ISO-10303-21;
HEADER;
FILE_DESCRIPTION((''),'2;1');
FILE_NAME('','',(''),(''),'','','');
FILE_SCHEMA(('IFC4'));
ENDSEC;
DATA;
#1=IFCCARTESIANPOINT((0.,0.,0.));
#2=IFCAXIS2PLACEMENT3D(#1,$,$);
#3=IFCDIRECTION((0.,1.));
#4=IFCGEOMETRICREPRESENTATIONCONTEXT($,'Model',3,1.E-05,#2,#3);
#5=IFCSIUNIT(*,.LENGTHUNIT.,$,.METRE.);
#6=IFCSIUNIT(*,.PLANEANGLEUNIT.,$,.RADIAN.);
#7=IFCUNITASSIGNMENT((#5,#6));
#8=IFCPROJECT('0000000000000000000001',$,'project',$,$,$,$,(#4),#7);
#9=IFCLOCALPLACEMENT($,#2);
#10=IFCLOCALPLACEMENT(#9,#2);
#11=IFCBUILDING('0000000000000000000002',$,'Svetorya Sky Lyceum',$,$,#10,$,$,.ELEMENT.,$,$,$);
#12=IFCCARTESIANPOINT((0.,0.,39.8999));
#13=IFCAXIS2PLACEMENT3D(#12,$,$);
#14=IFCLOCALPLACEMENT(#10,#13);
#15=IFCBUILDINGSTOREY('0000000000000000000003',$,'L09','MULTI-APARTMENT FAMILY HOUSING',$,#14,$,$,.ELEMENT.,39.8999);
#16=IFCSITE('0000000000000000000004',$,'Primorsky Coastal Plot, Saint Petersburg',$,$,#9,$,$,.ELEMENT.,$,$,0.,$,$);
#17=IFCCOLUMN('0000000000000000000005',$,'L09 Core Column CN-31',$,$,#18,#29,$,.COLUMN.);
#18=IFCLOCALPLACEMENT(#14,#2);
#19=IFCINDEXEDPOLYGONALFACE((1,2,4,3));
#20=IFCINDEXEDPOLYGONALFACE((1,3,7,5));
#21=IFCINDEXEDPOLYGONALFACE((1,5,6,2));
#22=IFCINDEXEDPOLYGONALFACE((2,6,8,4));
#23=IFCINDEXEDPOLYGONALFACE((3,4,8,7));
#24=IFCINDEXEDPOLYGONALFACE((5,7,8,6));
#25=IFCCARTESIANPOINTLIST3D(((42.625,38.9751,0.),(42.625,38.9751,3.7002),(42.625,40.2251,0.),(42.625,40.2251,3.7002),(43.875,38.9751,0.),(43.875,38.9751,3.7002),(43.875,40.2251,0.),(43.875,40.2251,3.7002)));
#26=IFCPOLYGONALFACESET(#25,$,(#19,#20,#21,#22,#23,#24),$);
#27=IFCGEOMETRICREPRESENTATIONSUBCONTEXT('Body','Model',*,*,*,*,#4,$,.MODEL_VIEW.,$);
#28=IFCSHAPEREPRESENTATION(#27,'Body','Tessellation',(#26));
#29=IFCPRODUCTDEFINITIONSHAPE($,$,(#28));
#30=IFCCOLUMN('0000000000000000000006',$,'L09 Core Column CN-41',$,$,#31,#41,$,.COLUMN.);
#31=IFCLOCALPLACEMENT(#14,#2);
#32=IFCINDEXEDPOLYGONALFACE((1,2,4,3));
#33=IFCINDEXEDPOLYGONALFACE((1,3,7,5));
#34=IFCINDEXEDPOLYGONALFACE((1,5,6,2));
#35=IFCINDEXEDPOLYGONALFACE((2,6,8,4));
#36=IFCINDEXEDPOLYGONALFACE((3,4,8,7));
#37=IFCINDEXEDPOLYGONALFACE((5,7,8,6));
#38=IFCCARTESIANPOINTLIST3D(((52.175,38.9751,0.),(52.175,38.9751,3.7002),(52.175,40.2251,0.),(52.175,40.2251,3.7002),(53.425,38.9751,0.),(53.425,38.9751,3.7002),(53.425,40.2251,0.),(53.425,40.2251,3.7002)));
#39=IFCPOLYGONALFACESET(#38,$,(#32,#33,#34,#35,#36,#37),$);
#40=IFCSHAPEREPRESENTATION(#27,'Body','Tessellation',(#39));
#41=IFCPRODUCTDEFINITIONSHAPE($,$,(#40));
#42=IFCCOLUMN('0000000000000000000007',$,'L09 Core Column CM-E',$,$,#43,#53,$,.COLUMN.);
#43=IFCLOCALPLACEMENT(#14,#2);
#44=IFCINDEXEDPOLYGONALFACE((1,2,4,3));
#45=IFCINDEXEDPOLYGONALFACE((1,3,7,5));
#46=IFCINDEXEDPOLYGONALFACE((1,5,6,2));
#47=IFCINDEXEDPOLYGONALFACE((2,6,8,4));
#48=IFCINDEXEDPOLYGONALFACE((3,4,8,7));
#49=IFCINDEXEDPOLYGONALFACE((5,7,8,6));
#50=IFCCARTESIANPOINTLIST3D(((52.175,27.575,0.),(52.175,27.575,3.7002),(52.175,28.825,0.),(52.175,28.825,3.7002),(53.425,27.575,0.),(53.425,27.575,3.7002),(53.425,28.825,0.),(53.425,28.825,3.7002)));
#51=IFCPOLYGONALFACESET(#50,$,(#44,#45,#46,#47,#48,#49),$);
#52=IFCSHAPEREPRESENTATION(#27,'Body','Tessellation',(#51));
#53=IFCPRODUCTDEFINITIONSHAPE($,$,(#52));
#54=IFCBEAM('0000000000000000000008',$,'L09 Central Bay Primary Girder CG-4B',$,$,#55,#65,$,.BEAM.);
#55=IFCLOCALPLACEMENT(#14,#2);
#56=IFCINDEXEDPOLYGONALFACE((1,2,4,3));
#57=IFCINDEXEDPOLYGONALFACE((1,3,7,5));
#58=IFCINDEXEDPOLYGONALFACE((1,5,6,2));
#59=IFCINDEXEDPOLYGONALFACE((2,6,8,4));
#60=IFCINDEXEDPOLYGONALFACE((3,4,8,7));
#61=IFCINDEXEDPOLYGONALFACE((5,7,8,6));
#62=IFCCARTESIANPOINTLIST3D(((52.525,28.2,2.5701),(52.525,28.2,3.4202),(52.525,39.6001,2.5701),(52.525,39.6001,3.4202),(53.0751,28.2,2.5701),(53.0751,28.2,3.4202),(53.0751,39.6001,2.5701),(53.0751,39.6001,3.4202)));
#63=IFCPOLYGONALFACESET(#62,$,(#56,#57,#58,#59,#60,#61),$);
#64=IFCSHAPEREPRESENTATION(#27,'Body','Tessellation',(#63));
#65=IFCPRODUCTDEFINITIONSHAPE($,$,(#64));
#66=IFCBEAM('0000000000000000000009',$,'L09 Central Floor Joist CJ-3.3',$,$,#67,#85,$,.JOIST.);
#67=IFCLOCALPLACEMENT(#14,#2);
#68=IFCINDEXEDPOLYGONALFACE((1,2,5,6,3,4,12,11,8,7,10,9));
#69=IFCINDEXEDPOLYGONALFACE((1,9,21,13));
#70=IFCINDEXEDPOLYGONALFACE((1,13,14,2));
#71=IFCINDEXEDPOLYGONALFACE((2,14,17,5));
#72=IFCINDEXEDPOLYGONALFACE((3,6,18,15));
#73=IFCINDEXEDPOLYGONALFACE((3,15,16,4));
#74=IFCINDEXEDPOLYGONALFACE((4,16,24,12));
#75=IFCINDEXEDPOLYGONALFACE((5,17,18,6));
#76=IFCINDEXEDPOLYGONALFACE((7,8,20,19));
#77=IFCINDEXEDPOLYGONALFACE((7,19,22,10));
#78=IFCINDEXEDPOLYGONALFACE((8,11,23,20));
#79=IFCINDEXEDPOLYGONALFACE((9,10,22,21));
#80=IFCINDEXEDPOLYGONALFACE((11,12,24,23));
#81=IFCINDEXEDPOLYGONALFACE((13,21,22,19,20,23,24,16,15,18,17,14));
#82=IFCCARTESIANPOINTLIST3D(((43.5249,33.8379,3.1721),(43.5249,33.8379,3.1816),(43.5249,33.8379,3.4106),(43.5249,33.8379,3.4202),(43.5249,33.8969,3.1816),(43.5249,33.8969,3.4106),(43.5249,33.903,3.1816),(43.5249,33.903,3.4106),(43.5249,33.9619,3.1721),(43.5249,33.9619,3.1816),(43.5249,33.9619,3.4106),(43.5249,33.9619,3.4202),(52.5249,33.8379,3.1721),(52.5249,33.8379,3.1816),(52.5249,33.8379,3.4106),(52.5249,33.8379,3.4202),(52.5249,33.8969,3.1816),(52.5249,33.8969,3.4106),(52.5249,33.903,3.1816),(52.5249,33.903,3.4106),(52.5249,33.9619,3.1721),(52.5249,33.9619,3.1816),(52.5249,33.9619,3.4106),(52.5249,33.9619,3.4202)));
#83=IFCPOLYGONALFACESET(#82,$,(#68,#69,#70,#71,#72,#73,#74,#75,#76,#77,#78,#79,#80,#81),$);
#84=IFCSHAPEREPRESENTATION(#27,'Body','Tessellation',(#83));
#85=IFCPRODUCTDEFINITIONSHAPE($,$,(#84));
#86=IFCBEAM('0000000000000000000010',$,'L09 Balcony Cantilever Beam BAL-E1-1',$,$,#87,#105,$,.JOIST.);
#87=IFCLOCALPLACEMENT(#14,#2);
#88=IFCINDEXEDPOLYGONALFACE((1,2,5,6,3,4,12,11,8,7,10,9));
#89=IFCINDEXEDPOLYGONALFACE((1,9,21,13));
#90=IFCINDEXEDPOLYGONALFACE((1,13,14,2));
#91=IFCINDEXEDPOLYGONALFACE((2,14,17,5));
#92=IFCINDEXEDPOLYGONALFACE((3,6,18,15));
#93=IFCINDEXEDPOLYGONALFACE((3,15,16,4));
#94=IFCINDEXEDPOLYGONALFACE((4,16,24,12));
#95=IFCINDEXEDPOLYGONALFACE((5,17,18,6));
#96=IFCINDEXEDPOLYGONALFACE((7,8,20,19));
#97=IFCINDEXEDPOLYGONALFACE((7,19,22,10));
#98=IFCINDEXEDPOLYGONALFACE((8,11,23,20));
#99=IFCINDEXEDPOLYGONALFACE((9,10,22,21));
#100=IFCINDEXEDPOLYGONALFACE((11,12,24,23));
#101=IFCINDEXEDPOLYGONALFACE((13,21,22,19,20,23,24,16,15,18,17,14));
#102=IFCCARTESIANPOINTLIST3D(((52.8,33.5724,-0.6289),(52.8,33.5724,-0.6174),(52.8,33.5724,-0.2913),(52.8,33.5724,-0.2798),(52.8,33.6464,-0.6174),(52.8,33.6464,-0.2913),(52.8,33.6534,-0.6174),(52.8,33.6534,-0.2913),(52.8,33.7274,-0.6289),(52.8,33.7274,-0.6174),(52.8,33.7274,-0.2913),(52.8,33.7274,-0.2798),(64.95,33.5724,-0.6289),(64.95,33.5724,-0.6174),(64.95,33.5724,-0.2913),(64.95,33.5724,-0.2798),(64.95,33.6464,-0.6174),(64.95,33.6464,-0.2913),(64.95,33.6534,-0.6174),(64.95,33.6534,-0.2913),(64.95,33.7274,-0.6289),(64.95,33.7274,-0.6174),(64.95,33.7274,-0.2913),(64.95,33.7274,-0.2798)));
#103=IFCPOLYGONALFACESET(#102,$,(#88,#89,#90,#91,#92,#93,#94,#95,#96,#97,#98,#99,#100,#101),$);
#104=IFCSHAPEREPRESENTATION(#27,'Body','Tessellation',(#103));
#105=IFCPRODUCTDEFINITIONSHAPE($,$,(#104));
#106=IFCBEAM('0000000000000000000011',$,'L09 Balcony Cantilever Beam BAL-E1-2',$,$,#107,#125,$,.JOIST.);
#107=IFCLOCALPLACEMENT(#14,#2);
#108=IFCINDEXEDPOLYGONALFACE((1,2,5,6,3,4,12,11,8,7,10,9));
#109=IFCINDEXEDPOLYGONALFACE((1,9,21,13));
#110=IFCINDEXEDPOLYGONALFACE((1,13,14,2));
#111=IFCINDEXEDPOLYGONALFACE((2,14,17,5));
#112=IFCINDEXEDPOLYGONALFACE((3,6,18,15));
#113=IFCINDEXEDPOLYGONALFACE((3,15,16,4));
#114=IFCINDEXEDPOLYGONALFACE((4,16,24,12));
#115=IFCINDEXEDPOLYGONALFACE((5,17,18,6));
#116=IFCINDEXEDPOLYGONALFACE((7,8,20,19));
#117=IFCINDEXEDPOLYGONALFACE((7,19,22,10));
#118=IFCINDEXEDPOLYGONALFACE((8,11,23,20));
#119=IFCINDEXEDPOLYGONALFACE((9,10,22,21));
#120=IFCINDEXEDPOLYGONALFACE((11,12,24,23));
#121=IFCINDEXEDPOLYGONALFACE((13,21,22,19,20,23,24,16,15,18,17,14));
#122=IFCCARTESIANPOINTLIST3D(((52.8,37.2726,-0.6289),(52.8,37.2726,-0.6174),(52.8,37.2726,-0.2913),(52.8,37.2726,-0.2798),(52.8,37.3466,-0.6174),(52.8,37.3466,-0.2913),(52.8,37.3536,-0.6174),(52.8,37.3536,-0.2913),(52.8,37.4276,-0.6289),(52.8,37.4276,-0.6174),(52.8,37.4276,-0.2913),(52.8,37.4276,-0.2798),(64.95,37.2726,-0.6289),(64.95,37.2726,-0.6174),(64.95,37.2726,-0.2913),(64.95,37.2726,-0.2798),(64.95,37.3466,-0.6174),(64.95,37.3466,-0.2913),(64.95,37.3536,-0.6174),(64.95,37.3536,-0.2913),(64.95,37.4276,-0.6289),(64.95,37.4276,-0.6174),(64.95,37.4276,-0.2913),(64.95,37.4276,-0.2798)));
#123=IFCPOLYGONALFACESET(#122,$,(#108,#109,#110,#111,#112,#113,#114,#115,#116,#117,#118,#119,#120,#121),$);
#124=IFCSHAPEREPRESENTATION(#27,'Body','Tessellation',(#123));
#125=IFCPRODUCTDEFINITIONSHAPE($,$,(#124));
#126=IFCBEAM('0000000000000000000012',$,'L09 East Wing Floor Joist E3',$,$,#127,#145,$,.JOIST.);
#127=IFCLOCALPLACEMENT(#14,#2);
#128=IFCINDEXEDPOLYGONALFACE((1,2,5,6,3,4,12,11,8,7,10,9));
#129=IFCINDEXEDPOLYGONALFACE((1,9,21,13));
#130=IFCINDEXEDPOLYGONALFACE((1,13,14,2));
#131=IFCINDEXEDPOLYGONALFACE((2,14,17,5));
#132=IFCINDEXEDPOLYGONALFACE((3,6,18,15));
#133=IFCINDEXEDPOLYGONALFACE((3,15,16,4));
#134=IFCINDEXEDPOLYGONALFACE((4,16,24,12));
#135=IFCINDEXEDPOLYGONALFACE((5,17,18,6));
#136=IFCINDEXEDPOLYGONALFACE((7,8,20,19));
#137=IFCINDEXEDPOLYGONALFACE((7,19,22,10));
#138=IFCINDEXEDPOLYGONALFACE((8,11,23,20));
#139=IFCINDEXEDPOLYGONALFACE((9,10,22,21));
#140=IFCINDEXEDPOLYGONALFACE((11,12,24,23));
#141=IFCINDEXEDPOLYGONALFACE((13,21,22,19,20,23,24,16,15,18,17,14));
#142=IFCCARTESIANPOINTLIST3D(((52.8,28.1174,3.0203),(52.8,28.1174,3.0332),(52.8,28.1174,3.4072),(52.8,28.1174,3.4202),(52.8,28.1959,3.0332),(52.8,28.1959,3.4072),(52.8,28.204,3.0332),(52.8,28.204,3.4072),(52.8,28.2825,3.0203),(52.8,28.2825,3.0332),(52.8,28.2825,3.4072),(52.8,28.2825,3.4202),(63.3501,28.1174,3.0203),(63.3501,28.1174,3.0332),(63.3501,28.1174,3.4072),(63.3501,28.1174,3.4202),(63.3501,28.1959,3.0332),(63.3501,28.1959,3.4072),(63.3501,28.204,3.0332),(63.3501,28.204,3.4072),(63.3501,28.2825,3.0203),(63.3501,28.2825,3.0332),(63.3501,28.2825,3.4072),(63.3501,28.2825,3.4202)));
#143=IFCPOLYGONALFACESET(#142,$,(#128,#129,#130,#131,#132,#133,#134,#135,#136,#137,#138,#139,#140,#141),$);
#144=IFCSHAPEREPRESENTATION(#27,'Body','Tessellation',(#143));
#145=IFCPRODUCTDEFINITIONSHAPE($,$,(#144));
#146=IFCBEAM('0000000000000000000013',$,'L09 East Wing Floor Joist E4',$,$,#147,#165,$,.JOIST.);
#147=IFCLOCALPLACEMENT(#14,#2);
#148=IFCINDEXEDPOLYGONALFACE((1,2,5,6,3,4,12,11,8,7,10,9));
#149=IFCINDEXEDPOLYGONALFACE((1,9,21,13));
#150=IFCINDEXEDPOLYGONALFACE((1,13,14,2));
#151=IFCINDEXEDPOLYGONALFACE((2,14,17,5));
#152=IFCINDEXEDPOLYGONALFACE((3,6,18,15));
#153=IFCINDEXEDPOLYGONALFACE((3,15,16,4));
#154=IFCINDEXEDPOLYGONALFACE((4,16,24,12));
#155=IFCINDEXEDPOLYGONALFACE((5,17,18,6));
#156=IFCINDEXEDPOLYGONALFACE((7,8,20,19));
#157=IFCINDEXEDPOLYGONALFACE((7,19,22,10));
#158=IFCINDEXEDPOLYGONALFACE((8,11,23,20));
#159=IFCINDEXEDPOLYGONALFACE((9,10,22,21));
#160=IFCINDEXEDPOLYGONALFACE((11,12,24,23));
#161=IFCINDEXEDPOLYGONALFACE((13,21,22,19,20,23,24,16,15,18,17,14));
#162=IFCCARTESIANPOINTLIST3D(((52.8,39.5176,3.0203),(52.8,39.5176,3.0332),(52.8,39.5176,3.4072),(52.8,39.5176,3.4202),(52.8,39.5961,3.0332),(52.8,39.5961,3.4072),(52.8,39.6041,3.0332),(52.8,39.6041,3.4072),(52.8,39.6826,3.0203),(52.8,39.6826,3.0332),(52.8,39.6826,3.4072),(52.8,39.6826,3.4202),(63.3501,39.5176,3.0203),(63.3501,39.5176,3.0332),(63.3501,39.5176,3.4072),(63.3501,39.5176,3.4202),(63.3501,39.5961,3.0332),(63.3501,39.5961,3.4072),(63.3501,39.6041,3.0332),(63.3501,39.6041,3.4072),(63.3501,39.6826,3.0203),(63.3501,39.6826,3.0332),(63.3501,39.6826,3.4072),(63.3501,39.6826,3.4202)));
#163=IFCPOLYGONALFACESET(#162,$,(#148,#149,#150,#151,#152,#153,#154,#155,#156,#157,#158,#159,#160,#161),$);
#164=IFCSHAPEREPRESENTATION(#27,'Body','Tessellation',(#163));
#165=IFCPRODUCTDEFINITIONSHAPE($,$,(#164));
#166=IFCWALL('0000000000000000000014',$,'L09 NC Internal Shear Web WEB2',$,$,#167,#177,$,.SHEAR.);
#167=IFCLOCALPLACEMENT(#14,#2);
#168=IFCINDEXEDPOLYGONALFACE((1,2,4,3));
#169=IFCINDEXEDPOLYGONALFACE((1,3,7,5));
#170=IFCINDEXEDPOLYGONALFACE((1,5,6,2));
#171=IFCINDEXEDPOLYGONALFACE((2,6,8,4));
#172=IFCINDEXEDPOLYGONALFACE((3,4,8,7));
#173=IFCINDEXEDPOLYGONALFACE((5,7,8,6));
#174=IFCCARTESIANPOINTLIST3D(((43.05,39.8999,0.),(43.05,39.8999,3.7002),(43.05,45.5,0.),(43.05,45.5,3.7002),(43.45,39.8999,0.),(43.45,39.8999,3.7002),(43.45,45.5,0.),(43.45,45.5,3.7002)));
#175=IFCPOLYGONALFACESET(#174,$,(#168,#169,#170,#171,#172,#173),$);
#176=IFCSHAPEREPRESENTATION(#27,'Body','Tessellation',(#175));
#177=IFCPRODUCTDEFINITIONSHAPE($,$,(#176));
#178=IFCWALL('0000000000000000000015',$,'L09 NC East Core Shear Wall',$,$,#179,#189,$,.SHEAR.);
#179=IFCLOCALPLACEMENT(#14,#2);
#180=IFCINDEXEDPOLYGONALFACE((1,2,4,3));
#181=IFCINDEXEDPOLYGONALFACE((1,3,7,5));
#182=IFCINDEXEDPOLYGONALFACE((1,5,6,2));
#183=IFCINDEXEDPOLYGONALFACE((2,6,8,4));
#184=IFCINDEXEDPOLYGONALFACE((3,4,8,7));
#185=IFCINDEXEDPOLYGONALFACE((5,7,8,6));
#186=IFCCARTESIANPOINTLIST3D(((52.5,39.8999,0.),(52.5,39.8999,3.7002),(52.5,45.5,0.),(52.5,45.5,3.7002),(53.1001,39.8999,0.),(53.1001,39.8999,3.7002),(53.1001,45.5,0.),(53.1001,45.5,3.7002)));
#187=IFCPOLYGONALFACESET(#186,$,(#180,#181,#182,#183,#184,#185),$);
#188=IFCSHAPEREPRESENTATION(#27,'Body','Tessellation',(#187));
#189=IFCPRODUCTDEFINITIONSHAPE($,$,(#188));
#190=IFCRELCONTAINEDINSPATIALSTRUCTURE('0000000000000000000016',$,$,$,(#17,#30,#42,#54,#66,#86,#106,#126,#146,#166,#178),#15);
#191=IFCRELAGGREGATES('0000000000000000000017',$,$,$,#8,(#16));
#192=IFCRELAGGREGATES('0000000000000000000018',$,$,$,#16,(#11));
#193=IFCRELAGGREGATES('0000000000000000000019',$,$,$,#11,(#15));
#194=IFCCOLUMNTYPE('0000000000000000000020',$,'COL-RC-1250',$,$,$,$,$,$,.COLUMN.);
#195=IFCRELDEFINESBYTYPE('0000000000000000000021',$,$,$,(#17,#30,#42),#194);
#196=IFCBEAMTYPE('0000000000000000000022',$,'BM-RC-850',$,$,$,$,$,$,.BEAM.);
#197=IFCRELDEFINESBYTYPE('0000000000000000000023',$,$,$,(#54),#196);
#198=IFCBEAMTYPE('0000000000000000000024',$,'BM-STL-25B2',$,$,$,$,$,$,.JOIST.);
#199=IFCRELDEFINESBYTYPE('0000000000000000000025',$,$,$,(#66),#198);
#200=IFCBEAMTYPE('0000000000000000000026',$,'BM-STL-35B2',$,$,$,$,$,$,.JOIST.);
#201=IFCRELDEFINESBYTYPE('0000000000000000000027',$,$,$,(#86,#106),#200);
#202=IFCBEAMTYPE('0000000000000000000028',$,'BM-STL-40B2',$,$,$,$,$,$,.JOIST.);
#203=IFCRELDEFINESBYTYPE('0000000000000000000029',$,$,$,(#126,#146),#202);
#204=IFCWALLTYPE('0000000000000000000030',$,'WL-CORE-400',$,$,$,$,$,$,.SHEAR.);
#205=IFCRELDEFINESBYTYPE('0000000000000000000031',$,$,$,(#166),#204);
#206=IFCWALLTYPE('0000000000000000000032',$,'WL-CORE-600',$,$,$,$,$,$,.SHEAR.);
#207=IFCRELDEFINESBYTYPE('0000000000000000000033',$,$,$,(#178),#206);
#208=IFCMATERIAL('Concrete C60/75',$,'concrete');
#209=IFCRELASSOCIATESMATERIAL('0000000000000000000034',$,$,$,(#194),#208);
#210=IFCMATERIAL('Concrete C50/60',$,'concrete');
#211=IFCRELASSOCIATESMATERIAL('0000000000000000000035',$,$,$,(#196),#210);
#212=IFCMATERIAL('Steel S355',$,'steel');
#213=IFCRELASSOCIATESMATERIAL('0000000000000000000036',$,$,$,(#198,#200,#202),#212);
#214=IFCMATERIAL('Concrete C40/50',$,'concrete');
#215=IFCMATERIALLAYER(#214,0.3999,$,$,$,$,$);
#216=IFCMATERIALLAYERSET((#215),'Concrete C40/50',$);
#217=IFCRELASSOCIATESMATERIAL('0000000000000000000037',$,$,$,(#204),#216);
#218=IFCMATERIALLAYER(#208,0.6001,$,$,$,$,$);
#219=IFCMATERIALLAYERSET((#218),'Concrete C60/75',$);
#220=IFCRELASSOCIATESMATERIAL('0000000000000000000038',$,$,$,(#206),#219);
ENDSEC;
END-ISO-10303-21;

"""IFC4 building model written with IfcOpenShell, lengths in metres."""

from ifc_helpers import new_model, si_unit, direction, frame, frame_2d, origin, origin_2d, place, context, subcontext, project, spatial, rectangle, i_section, extrude, material, layer, layer_set, material_profile, profile_set, type_object, element, save


model = new_model("IFC4")

# Units and contexts
model_context = context("Model", 3, precision=1e-05, world=origin(), true_north=direction((0.0, 1.0)))
body_context = subcontext(model_context, "Body", "Model", "MODEL_VIEW")
ifc_project = project(units=[si_unit("LENGTHUNIT", "METRE"), si_unit("PLANEANGLEUNIT", "RADIAN")], contexts=[model_context])

# Site, building, storey
site_placement = place(None, origin())
site = spatial("IfcSite", under=ifc_project, at=site_placement, Name="Primorsky Coastal Plot, Saint Petersburg", CompositionType="ELEMENT", RefElevation=0.0)
building_placement = place(site_placement, origin())
building = spatial("IfcBuilding", under=site, at=building_placement, Name="Svetorya Sky Lyceum", CompositionType="ELEMENT")
storey_placement = place(building_placement, frame((0.0, 0.0, 39.8999)))
storey = spatial("IfcBuildingStorey", under=building, at=storey_placement, Name="L09", Description="MULTI-APARTMENT FAMILY HOUSING", CompositionType="ELEMENT", Elevation=39.8999)

# Columns
ifc_material_1 = material(Name="Concrete C60/75", Category="concrete")
ifc_material_profile_1 = material_profile(ifc_material_1, rectangle(XDim=1.25, YDim=1.25, at=origin_2d()), Name="RC COL 1250x1250")
ifc_profile_set_1 = profile_set([ifc_material_profile_1], Name="Concrete C60/75")
column_type = type_object("IfcColumnType", Name="COL-RC-1250", PredefinedType="COLUMN", material=ifc_profile_set_1)
for number, where, z_axis, x_axis, name in (
    (1, (43.25, 39.6001, 0.0), (0.0, 0.0, 1.0), (1.0, 0.0, 0.0), "L09 Core Column CN-31"),
    (2, (52.8, 39.6001, 0.0), (0.0, 0.0, 1.0), (1.0, 0.0, 0.0), "L09 Core Column CN-41"),
    (3, (52.8, 28.2, 0.0), (0.0, 0.0, 1.0), (1.0, 0.0, 0.0), "L09 Core Column CM-E"),
):
    element("IfcColumn", number, at=place(storey_placement, frame(where, z_axis=z_axis, x_axis=x_axis)), inside=storey, type_object=column_type, Name=name, PredefinedType="COLUMN", context=body_context, shape_type="SweptSolid", body=[
        extrude(rectangle(XDim=1.25, YDim=1.25, at=origin_2d()), origin(), (0.0, 0.0, 1.0), 3.7002),
    ])

# Beams
ifc_material_2 = material(Name="Concrete C50/60", Category="concrete")
ifc_material_profile_2 = material_profile(ifc_material_2, rectangle(XDim=0.55, YDim=0.8501, at=origin_2d()), Name="RC BEAM 550x850")
ifc_profile_set_2 = profile_set([ifc_material_profile_2], Name="Concrete C50/60")
beam_type_1 = type_object("IfcBeamType", Name="BM-RC-850", PredefinedType="BEAM", material=ifc_profile_set_2)
beam_1_placement = place(storey_placement, frame((52.8, 28.2, 2.9951), z_axis=(0.0, 1.0, 0.0), x_axis=(-1.0, 0.0, 0.0)))
element("IfcBeam", 4, at=beam_1_placement, inside=storey, type_object=beam_type_1, Name="L09 Central Bay Primary Girder CG-4B", PredefinedType="BEAM", context=body_context, shape_type="SweptSolid", body=[
    extrude(rectangle(XDim=0.55, YDim=0.8501, at=origin_2d()), origin(), (0.0, 0.0, 1.0), 11.4001),
])
ifc_material_3 = material(Name="Steel S355", Category="steel")
ifc_material_profile_3 = material_profile(ifc_material_3, i_section(OverallWidth=0.124, OverallDepth=0.248, WebThickness=0.0061, FlangeThickness=0.0095, at=origin_2d()), Name="GOST 25B2")
ifc_profile_set_3 = profile_set([ifc_material_profile_3], Name="Steel S355")
beam_type_2 = type_object("IfcBeamType", Name="BM-STL-25B2", PredefinedType="JOIST", material=ifc_profile_set_3)
beam_2_placement = place(storey_placement, frame((43.5249, 33.8999, 3.2961), z_axis=(1.0, 0.0, 0.0), x_axis=(0.0, 1.0, 0.0)))
element("IfcBeam", 5, at=beam_2_placement, inside=storey, type_object=beam_type_2, Name="L09 Central Floor Joist CJ-3.3", PredefinedType="JOIST", context=body_context, shape_type="SweptSolid", body=[
    extrude(i_section(OverallWidth=0.124, OverallDepth=0.248, WebThickness=0.0061, FlangeThickness=0.0095, at=origin_2d()), origin(), (0.0, 0.0, 1.0), 9.0),
])
ifc_material_profile_4 = material_profile(ifc_material_3, i_section(OverallWidth=0.155, OverallDepth=0.3491, WebThickness=0.0071, FlangeThickness=0.0115, at=origin_2d()), Name="GOST 35B2")
ifc_profile_set_4 = profile_set([ifc_material_profile_4], Name="Steel S355")
beam_type_3 = type_object("IfcBeamType", Name="BM-STL-35B2", PredefinedType="JOIST", material=ifc_profile_set_4)
for number, where, z_axis, x_axis, name in (
    (6, (52.8, 33.6499, -0.4543), (1.0, 0.0, 0.0), (0.0, 1.0, 0.0), "L09 Balcony Cantilever Beam BAL-E1-1"),
    (7, (52.8, 37.3501, -0.4543), (1.0, 0.0, 0.0), (0.0, 1.0, 0.0), "L09 Balcony Cantilever Beam BAL-E1-2"),
):
    element("IfcBeam", number, at=place(storey_placement, frame(where, z_axis=z_axis, x_axis=x_axis)), inside=storey, type_object=beam_type_3, Name=name, PredefinedType="JOIST", context=body_context, shape_type="SweptSolid", body=[
        extrude(i_section(OverallWidth=0.155, OverallDepth=0.3491, WebThickness=0.0071, FlangeThickness=0.0115, at=origin_2d()), origin(), (0.0, 0.0, 1.0), 12.1499),
    ])
ifc_material_profile_5 = material_profile(ifc_material_3, i_section(OverallWidth=0.165, OverallDepth=0.3999, WebThickness=0.0081, FlangeThickness=0.0129, at=origin_2d()), Name="GOST 40B2")
ifc_profile_set_5 = profile_set([ifc_material_profile_5], Name="Steel S355")
beam_type_4 = type_object("IfcBeamType", Name="BM-STL-40B2", PredefinedType="JOIST", material=ifc_profile_set_5)
for number, where, z_axis, x_axis, name in (
    (8, (52.8, 28.2, 3.2202), (1.0, 0.0, 0.0), (0.0, 1.0, 0.0), "L09 East Wing Floor Joist E3"),
    (9, (52.8, 39.6001, 3.2202), (1.0, 0.0, 0.0), (0.0, 1.0, 0.0), "L09 East Wing Floor Joist E4"),
):
    element("IfcBeam", number, at=place(storey_placement, frame(where, z_axis=z_axis, x_axis=x_axis)), inside=storey, type_object=beam_type_4, Name=name, PredefinedType="JOIST", context=body_context, shape_type="SweptSolid", body=[
        extrude(i_section(OverallWidth=0.165, OverallDepth=0.3999, WebThickness=0.0081, FlangeThickness=0.0129, at=origin_2d()), origin(), (0.0, 0.0, 1.0), 10.55),
    ])

# Walls
ifc_material_4 = material(Name="Concrete C40/50", Category="concrete")
ifc_layer_1 = layer(ifc_material_4, 0.3999)
ifc_layer_set_1 = layer_set([ifc_layer_1], Name="Concrete C40/50")
wall_type_1 = type_object("IfcWallType", Name="WL-CORE-400", PredefinedType="SHEAR", material=ifc_layer_set_1)
wall_1_placement = place(storey_placement, frame((43.25, 39.8999, 0.0), z_axis=(0.0, 0.0, 1.0), x_axis=(0.0, 1.0, 0.0)))
element("IfcWall", 10, at=wall_1_placement, inside=storey, type_object=wall_type_1, Name="L09 NC Internal Shear Web WEB2", PredefinedType="SHEAR", context=body_context, shape_type="SweptSolid", body=[
    extrude(rectangle(XDim=5.6001, YDim=0.3999, at=frame_2d((2.8, 0.0))), origin(), (0.0, 0.0, 1.0), 3.7002),
])
ifc_layer_2 = layer(ifc_material_1, 0.6001)
ifc_layer_set_2 = layer_set([ifc_layer_2], Name="Concrete C60/75")
wall_type_2 = type_object("IfcWallType", Name="WL-CORE-600", PredefinedType="SHEAR", material=ifc_layer_set_2)
wall_2_placement = place(storey_placement, frame((52.8, 39.8999, 0.0), z_axis=(0.0, 0.0, 1.0), x_axis=(0.0, 1.0, 0.0)))
element("IfcWall", 11, at=wall_2_placement, inside=storey, type_object=wall_type_2, Name="L09 NC East Core Shear Wall", PredefinedType="SHEAR", context=body_context, shape_type="SweptSolid", body=[
    extrude(rectangle(XDim=5.6001, YDim=0.6001, at=frame_2d((2.8, 0.0))), origin(), (0.0, 0.0, 1.0), 3.7002),
])

save(model, "model.ifc")
